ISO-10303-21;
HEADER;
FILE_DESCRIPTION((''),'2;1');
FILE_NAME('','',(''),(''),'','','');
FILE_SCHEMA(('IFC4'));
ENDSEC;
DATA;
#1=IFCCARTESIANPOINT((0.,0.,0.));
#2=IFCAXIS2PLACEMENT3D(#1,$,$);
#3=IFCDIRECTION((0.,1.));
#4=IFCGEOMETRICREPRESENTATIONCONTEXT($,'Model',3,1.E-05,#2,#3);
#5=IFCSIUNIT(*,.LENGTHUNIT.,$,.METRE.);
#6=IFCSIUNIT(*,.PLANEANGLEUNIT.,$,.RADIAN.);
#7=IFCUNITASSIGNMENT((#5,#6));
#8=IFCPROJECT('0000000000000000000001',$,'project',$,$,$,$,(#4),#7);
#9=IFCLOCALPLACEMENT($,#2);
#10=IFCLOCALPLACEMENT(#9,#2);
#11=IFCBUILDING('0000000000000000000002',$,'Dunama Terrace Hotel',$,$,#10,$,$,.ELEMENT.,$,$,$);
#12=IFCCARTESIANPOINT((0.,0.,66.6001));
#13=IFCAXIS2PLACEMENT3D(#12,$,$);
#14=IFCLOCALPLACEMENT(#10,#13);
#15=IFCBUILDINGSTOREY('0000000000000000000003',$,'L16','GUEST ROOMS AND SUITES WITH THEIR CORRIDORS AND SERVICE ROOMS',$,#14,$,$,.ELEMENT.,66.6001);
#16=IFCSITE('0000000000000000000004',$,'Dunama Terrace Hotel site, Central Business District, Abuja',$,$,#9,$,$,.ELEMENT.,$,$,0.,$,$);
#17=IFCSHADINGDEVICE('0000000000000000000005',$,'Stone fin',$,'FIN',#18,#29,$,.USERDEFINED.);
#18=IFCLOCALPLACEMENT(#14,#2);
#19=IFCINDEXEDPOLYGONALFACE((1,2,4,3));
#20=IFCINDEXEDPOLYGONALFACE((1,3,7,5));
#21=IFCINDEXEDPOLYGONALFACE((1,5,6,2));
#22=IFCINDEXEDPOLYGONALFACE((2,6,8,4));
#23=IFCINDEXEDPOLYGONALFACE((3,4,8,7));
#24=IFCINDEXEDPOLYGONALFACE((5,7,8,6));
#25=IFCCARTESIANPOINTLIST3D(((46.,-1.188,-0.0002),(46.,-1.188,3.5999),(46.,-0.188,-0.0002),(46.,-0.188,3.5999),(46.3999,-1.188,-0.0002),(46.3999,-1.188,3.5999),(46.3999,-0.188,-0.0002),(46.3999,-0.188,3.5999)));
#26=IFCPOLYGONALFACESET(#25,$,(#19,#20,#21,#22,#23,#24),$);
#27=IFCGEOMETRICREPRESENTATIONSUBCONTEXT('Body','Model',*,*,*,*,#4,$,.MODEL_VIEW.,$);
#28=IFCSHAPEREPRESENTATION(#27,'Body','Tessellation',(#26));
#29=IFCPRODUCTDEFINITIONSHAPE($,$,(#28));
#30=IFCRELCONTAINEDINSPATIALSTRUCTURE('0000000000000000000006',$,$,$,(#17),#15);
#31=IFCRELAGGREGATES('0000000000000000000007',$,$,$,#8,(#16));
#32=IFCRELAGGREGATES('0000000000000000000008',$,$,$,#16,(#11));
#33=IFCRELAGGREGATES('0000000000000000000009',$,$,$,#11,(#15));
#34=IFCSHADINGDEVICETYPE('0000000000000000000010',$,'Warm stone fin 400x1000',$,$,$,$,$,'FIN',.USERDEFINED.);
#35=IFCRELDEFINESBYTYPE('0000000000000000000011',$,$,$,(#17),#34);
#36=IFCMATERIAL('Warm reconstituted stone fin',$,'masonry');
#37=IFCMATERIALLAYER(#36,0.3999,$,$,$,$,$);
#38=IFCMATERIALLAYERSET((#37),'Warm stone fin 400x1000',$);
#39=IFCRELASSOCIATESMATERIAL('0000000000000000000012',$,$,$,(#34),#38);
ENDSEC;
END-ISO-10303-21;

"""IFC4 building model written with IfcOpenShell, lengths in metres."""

from ifc_helpers import new_model, si_unit, direction, frame, origin, origin_2d, place, context, subcontext, project, spatial, rectangle, extrude, material, layer, layer_set, type_object, element, save


model = new_model("IFC4")

# Units and contexts
model_context = context("Model", 3, precision=1e-05, world=origin(), true_north=direction((0.0, 1.0)))
body_context = subcontext(model_context, "Body", "Model", "MODEL_VIEW")
ifc_project = project(units=[si_unit("LENGTHUNIT", "METRE"), si_unit("PLANEANGLEUNIT", "RADIAN")], contexts=[model_context])

# Site, building, storey
site_placement = place(None, origin())
site = spatial("IfcSite", under=ifc_project, at=site_placement, Name="Dunama Terrace Hotel site, Central Business District, Abuja", CompositionType="ELEMENT", RefElevation=0.0)
building_placement = place(site_placement, origin())
building = spatial("IfcBuilding", under=site, at=building_placement, Name="Dunama Terrace Hotel", CompositionType="ELEMENT")
storey_placement = place(building_placement, frame((0.0, 0.0, 66.6001)))
storey = spatial("IfcBuildingStorey", under=building, at=storey_placement, Name="L16", Description="GUEST ROOMS AND SUITES WITH THEIR CORRIDORS AND SERVICE ROOMS", CompositionType="ELEMENT", Elevation=66.6001)

# Shading device
ifc_material_1 = material(Name="Warm reconstituted stone fin", Category="masonry")
ifc_layer_1 = layer(ifc_material_1, 0.3999)
ifc_layer_set_1 = layer_set([ifc_layer_1], Name="Warm stone fin 400x1000")
shading_device_type = type_object("IfcShadingDeviceType", Name="Warm stone fin 400x1000", ElementType="FIN", PredefinedType="USERDEFINED", material=ifc_layer_set_1)
for number, where, z_axis, x_axis, name in (
    (1, (46.2, -0.688, -0.0002), (0.0, 0.0, 1.0), (1.0, 0.0, 0.0), "Stone fin"),
):
    element("IfcShadingDevice", number, at=place(storey_placement, frame(where, z_axis=z_axis, x_axis=x_axis)), inside=storey, type_object=shading_device_type, Name=name, ObjectType="FIN", PredefinedType="USERDEFINED", context=body_context, shape_type="SweptSolid", body=[
        extrude(rectangle(XDim=0.3999, YDim=1.0, at=origin_2d()), origin(), (0.0, 0.0, 1.0), 3.6001),
    ])

save(model, "model.ifc")
